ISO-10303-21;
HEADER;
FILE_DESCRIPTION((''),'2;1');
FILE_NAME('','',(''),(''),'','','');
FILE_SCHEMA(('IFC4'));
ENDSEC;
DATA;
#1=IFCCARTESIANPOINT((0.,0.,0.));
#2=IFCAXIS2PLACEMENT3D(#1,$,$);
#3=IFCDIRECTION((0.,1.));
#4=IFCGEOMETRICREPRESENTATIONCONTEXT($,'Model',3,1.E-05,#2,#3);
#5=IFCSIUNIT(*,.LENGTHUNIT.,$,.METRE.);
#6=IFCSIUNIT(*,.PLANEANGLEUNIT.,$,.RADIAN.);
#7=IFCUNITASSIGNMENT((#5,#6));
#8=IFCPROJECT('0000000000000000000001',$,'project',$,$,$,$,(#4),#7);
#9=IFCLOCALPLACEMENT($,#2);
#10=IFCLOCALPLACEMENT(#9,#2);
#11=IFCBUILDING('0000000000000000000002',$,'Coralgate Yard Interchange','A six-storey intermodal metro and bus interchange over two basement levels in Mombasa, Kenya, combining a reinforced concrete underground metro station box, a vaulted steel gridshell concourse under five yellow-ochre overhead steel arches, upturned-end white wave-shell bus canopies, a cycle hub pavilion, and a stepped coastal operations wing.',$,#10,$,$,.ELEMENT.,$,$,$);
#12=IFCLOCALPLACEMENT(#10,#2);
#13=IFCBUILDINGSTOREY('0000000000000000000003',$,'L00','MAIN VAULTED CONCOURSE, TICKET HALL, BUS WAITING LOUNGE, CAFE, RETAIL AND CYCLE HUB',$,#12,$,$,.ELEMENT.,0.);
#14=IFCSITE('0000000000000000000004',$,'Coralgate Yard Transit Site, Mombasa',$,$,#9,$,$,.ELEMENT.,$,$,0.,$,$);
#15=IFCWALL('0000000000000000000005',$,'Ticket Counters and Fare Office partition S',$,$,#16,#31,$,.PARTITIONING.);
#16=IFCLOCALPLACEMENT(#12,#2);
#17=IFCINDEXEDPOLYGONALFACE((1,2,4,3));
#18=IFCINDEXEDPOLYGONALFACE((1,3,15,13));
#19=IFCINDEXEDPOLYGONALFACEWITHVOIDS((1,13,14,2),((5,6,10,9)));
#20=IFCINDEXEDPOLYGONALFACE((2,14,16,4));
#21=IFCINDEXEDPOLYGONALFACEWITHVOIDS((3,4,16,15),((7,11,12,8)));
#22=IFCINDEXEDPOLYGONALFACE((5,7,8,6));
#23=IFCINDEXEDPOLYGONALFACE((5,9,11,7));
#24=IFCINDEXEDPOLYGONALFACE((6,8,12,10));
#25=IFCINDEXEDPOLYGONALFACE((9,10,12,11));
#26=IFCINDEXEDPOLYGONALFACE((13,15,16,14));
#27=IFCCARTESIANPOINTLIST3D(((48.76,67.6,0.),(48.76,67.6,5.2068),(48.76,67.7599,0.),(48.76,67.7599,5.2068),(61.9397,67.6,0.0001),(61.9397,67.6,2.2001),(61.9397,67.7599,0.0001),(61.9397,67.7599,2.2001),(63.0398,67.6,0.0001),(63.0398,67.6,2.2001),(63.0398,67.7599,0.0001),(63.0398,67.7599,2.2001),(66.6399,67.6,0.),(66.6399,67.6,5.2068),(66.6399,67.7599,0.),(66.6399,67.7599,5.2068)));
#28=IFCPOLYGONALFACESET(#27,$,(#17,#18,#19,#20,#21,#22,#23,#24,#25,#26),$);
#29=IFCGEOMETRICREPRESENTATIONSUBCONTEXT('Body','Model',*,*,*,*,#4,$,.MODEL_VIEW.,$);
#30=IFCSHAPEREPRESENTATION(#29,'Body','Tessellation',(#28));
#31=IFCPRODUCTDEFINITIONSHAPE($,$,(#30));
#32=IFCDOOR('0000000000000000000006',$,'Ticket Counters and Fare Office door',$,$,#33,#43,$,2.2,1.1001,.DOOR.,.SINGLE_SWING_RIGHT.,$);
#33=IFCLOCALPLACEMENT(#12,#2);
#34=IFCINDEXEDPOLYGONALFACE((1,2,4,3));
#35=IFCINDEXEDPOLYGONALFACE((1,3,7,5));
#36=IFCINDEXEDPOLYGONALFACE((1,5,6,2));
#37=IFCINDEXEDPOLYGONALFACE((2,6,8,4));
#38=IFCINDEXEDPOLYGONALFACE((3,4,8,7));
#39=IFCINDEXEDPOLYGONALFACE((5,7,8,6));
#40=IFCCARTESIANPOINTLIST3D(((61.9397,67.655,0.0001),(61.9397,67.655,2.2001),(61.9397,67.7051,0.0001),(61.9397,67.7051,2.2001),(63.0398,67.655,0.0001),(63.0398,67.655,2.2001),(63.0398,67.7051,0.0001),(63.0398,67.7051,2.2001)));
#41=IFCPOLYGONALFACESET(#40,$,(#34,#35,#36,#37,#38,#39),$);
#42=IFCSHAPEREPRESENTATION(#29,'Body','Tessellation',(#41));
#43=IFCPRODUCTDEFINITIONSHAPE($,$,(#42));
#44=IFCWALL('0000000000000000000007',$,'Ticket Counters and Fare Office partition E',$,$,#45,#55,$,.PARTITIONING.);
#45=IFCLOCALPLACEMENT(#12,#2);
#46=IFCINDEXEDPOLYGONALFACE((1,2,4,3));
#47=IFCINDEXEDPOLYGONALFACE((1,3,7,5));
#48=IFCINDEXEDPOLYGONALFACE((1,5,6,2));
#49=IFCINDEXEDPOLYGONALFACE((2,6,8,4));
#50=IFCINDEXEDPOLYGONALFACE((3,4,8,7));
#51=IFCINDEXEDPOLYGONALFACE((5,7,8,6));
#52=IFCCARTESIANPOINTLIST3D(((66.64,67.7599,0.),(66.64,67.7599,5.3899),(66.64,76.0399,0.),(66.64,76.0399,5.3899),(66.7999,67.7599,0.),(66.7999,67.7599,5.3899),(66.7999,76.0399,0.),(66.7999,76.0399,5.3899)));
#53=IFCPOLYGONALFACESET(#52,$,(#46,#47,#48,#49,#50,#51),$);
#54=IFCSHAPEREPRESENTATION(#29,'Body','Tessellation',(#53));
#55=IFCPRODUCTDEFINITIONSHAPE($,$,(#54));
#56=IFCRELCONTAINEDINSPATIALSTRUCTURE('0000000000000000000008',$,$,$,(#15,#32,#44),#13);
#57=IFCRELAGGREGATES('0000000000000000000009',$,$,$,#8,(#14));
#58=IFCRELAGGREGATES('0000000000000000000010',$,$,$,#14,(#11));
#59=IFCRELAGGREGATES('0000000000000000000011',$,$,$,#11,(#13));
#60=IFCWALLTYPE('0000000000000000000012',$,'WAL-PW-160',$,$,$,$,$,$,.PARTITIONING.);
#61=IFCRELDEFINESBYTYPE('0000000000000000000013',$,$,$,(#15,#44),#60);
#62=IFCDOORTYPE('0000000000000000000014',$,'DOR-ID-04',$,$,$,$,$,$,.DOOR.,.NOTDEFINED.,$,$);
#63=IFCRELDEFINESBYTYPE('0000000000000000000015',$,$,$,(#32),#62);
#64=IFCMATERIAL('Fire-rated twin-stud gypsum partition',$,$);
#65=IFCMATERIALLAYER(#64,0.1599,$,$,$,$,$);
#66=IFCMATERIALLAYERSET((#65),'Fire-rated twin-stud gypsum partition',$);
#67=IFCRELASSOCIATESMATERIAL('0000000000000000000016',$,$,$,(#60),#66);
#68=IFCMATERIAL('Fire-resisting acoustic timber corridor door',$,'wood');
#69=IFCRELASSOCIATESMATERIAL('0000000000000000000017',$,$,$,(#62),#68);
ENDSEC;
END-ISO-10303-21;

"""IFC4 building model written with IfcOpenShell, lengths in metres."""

from ifc_helpers import new_model, si_unit, direction, frame, frame_2d, origin, place, context, subcontext, project, spatial, rectangle, extrude, material, layer, layer_set, type_object, element, fill, save


model = new_model("IFC4")

# Units and contexts
model_context = context("Model", 3, precision=1e-05, world=origin(), true_north=direction((0.0, 1.0)))
body_context = subcontext(model_context, "Body", "Model", "MODEL_VIEW")
ifc_project = project(units=[si_unit("LENGTHUNIT", "METRE"), si_unit("PLANEANGLEUNIT", "RADIAN")], contexts=[model_context])

# Site, building, storey
site_placement = place(None, origin())
site = spatial("IfcSite", under=ifc_project, at=site_placement, Name="Coralgate Yard Transit Site, Mombasa", CompositionType="ELEMENT", RefElevation=0.0)
building_placement = place(site_placement, origin())
building = spatial("IfcBuilding", under=site, at=building_placement, Name="Coralgate Yard Interchange", Description="A six-storey intermodal metro and bus interchange over two basement levels in Mombasa, Kenya, combining a reinforced concrete underground metro station box, a vaulted steel gridshell concourse under five yellow-ochre overhead steel arches, upturned-end white wave-shell bus canopies, a cycle hub pavilion, and a stepped coastal operations wing.", CompositionType="ELEMENT")
storey_placement = place(building_placement, origin())
storey = spatial("IfcBuildingStorey", under=building, at=storey_placement, Name="L00", Description="MAIN VAULTED CONCOURSE, TICKET HALL, BUS WAITING LOUNGE, CAFE, RETAIL AND CYCLE HUB", CompositionType="ELEMENT", Elevation=0.0)

# Wall, opening, door
ifc_material_1 = material(Name="Fire-rated twin-stud gypsum partition")
ifc_layer_1 = layer(ifc_material_1, 0.1599)
ifc_layer_set_1 = layer_set([ifc_layer_1], Name="Fire-rated twin-stud gypsum partition")
wall_type_1 = type_object("IfcWallType", Name="WAL-PW-160", PredefinedType="PARTITIONING", material=ifc_layer_set_1)
wall_1_placement = place(storey_placement, frame((66.6399, 67.6799, 0.0), z_axis=(0.0, 0.0, 1.0), x_axis=(-1.0, 0.0, 0.0)))
wall_1 = element("IfcWall", 1, at=wall_1_placement, inside=storey, type_object=wall_type_1, Name="Ticket Counters and Fare Office partition S", PredefinedType="PARTITIONING", context=body_context, shape_type="SweptSolid", body=[
    extrude(rectangle(XDim=17.8799, YDim=0.1599, at=frame_2d((8.9399, 0.0))), origin(), (0.0, 0.0, 1.0), 5.2068),
])
opening_placement = place(wall_1_placement, frame((3.6001, 0.0, 0.0)))
opening = element("IfcOpeningElement", 2, at=opening_placement, cuts=wall_1, PredefinedType="OPENING", context=body_context, shape_type="SweptSolid", body=[
    extrude(rectangle(XDim=1.1001, YDim=2.2, at=frame_2d((0.55, 1.1001))), frame((0.0, 0.0898, 0.0), z_axis=(0.0, -1.0, 0.0), x_axis=(1.0, 0.0, 0.0)), (0.0, 0.0, 1.0), 0.1799),
])
ifc_material_2 = material(Name="Fire-resisting acoustic timber corridor door", Category="wood")
door_type = type_object("IfcDoorType", Name="DOR-ID-04", OperationType="NOTDEFINED", PredefinedType="DOOR", material=ifc_material_2)
door_placement = place(opening_placement, origin())
door = element("IfcDoor", 3, at=door_placement, inside=storey, type_object=door_type, Name="Ticket Counters and Fare Office door", OperationType="SINGLE_SWING_RIGHT", OverallHeight=2.2, OverallWidth=1.1001, PredefinedType="DOOR", context=body_context, shape_type="SweptSolid", body=[
    extrude(rectangle(XDim=1.1001, YDim=2.2, at=frame_2d((0.55, 1.1001))), frame((0.0, 0.0249, 0.0), z_axis=(0.0, -1.0, 0.0), x_axis=(1.0, 0.0, 0.0)), (0.0, 0.0, 1.0), 0.05),
])
fill(opening, door)

# Wall
wall_2_placement = place(storey_placement, frame((66.72, 76.04, 0.0), z_axis=(0.0, 0.0, 1.0), x_axis=(0.0, -1.0, 0.0)))
element("IfcWall", 4, at=wall_2_placement, inside=storey, type_object=wall_type_1, Name="Ticket Counters and Fare Office partition E", PredefinedType="PARTITIONING", context=body_context, shape_type="SweptSolid", body=[
    extrude(rectangle(XDim=8.28, YDim=0.1599, at=frame_2d((4.1401, 0.0))), origin(), (0.0, 0.0, 1.0), 5.3899),
])

save(model, "model.ifc")
